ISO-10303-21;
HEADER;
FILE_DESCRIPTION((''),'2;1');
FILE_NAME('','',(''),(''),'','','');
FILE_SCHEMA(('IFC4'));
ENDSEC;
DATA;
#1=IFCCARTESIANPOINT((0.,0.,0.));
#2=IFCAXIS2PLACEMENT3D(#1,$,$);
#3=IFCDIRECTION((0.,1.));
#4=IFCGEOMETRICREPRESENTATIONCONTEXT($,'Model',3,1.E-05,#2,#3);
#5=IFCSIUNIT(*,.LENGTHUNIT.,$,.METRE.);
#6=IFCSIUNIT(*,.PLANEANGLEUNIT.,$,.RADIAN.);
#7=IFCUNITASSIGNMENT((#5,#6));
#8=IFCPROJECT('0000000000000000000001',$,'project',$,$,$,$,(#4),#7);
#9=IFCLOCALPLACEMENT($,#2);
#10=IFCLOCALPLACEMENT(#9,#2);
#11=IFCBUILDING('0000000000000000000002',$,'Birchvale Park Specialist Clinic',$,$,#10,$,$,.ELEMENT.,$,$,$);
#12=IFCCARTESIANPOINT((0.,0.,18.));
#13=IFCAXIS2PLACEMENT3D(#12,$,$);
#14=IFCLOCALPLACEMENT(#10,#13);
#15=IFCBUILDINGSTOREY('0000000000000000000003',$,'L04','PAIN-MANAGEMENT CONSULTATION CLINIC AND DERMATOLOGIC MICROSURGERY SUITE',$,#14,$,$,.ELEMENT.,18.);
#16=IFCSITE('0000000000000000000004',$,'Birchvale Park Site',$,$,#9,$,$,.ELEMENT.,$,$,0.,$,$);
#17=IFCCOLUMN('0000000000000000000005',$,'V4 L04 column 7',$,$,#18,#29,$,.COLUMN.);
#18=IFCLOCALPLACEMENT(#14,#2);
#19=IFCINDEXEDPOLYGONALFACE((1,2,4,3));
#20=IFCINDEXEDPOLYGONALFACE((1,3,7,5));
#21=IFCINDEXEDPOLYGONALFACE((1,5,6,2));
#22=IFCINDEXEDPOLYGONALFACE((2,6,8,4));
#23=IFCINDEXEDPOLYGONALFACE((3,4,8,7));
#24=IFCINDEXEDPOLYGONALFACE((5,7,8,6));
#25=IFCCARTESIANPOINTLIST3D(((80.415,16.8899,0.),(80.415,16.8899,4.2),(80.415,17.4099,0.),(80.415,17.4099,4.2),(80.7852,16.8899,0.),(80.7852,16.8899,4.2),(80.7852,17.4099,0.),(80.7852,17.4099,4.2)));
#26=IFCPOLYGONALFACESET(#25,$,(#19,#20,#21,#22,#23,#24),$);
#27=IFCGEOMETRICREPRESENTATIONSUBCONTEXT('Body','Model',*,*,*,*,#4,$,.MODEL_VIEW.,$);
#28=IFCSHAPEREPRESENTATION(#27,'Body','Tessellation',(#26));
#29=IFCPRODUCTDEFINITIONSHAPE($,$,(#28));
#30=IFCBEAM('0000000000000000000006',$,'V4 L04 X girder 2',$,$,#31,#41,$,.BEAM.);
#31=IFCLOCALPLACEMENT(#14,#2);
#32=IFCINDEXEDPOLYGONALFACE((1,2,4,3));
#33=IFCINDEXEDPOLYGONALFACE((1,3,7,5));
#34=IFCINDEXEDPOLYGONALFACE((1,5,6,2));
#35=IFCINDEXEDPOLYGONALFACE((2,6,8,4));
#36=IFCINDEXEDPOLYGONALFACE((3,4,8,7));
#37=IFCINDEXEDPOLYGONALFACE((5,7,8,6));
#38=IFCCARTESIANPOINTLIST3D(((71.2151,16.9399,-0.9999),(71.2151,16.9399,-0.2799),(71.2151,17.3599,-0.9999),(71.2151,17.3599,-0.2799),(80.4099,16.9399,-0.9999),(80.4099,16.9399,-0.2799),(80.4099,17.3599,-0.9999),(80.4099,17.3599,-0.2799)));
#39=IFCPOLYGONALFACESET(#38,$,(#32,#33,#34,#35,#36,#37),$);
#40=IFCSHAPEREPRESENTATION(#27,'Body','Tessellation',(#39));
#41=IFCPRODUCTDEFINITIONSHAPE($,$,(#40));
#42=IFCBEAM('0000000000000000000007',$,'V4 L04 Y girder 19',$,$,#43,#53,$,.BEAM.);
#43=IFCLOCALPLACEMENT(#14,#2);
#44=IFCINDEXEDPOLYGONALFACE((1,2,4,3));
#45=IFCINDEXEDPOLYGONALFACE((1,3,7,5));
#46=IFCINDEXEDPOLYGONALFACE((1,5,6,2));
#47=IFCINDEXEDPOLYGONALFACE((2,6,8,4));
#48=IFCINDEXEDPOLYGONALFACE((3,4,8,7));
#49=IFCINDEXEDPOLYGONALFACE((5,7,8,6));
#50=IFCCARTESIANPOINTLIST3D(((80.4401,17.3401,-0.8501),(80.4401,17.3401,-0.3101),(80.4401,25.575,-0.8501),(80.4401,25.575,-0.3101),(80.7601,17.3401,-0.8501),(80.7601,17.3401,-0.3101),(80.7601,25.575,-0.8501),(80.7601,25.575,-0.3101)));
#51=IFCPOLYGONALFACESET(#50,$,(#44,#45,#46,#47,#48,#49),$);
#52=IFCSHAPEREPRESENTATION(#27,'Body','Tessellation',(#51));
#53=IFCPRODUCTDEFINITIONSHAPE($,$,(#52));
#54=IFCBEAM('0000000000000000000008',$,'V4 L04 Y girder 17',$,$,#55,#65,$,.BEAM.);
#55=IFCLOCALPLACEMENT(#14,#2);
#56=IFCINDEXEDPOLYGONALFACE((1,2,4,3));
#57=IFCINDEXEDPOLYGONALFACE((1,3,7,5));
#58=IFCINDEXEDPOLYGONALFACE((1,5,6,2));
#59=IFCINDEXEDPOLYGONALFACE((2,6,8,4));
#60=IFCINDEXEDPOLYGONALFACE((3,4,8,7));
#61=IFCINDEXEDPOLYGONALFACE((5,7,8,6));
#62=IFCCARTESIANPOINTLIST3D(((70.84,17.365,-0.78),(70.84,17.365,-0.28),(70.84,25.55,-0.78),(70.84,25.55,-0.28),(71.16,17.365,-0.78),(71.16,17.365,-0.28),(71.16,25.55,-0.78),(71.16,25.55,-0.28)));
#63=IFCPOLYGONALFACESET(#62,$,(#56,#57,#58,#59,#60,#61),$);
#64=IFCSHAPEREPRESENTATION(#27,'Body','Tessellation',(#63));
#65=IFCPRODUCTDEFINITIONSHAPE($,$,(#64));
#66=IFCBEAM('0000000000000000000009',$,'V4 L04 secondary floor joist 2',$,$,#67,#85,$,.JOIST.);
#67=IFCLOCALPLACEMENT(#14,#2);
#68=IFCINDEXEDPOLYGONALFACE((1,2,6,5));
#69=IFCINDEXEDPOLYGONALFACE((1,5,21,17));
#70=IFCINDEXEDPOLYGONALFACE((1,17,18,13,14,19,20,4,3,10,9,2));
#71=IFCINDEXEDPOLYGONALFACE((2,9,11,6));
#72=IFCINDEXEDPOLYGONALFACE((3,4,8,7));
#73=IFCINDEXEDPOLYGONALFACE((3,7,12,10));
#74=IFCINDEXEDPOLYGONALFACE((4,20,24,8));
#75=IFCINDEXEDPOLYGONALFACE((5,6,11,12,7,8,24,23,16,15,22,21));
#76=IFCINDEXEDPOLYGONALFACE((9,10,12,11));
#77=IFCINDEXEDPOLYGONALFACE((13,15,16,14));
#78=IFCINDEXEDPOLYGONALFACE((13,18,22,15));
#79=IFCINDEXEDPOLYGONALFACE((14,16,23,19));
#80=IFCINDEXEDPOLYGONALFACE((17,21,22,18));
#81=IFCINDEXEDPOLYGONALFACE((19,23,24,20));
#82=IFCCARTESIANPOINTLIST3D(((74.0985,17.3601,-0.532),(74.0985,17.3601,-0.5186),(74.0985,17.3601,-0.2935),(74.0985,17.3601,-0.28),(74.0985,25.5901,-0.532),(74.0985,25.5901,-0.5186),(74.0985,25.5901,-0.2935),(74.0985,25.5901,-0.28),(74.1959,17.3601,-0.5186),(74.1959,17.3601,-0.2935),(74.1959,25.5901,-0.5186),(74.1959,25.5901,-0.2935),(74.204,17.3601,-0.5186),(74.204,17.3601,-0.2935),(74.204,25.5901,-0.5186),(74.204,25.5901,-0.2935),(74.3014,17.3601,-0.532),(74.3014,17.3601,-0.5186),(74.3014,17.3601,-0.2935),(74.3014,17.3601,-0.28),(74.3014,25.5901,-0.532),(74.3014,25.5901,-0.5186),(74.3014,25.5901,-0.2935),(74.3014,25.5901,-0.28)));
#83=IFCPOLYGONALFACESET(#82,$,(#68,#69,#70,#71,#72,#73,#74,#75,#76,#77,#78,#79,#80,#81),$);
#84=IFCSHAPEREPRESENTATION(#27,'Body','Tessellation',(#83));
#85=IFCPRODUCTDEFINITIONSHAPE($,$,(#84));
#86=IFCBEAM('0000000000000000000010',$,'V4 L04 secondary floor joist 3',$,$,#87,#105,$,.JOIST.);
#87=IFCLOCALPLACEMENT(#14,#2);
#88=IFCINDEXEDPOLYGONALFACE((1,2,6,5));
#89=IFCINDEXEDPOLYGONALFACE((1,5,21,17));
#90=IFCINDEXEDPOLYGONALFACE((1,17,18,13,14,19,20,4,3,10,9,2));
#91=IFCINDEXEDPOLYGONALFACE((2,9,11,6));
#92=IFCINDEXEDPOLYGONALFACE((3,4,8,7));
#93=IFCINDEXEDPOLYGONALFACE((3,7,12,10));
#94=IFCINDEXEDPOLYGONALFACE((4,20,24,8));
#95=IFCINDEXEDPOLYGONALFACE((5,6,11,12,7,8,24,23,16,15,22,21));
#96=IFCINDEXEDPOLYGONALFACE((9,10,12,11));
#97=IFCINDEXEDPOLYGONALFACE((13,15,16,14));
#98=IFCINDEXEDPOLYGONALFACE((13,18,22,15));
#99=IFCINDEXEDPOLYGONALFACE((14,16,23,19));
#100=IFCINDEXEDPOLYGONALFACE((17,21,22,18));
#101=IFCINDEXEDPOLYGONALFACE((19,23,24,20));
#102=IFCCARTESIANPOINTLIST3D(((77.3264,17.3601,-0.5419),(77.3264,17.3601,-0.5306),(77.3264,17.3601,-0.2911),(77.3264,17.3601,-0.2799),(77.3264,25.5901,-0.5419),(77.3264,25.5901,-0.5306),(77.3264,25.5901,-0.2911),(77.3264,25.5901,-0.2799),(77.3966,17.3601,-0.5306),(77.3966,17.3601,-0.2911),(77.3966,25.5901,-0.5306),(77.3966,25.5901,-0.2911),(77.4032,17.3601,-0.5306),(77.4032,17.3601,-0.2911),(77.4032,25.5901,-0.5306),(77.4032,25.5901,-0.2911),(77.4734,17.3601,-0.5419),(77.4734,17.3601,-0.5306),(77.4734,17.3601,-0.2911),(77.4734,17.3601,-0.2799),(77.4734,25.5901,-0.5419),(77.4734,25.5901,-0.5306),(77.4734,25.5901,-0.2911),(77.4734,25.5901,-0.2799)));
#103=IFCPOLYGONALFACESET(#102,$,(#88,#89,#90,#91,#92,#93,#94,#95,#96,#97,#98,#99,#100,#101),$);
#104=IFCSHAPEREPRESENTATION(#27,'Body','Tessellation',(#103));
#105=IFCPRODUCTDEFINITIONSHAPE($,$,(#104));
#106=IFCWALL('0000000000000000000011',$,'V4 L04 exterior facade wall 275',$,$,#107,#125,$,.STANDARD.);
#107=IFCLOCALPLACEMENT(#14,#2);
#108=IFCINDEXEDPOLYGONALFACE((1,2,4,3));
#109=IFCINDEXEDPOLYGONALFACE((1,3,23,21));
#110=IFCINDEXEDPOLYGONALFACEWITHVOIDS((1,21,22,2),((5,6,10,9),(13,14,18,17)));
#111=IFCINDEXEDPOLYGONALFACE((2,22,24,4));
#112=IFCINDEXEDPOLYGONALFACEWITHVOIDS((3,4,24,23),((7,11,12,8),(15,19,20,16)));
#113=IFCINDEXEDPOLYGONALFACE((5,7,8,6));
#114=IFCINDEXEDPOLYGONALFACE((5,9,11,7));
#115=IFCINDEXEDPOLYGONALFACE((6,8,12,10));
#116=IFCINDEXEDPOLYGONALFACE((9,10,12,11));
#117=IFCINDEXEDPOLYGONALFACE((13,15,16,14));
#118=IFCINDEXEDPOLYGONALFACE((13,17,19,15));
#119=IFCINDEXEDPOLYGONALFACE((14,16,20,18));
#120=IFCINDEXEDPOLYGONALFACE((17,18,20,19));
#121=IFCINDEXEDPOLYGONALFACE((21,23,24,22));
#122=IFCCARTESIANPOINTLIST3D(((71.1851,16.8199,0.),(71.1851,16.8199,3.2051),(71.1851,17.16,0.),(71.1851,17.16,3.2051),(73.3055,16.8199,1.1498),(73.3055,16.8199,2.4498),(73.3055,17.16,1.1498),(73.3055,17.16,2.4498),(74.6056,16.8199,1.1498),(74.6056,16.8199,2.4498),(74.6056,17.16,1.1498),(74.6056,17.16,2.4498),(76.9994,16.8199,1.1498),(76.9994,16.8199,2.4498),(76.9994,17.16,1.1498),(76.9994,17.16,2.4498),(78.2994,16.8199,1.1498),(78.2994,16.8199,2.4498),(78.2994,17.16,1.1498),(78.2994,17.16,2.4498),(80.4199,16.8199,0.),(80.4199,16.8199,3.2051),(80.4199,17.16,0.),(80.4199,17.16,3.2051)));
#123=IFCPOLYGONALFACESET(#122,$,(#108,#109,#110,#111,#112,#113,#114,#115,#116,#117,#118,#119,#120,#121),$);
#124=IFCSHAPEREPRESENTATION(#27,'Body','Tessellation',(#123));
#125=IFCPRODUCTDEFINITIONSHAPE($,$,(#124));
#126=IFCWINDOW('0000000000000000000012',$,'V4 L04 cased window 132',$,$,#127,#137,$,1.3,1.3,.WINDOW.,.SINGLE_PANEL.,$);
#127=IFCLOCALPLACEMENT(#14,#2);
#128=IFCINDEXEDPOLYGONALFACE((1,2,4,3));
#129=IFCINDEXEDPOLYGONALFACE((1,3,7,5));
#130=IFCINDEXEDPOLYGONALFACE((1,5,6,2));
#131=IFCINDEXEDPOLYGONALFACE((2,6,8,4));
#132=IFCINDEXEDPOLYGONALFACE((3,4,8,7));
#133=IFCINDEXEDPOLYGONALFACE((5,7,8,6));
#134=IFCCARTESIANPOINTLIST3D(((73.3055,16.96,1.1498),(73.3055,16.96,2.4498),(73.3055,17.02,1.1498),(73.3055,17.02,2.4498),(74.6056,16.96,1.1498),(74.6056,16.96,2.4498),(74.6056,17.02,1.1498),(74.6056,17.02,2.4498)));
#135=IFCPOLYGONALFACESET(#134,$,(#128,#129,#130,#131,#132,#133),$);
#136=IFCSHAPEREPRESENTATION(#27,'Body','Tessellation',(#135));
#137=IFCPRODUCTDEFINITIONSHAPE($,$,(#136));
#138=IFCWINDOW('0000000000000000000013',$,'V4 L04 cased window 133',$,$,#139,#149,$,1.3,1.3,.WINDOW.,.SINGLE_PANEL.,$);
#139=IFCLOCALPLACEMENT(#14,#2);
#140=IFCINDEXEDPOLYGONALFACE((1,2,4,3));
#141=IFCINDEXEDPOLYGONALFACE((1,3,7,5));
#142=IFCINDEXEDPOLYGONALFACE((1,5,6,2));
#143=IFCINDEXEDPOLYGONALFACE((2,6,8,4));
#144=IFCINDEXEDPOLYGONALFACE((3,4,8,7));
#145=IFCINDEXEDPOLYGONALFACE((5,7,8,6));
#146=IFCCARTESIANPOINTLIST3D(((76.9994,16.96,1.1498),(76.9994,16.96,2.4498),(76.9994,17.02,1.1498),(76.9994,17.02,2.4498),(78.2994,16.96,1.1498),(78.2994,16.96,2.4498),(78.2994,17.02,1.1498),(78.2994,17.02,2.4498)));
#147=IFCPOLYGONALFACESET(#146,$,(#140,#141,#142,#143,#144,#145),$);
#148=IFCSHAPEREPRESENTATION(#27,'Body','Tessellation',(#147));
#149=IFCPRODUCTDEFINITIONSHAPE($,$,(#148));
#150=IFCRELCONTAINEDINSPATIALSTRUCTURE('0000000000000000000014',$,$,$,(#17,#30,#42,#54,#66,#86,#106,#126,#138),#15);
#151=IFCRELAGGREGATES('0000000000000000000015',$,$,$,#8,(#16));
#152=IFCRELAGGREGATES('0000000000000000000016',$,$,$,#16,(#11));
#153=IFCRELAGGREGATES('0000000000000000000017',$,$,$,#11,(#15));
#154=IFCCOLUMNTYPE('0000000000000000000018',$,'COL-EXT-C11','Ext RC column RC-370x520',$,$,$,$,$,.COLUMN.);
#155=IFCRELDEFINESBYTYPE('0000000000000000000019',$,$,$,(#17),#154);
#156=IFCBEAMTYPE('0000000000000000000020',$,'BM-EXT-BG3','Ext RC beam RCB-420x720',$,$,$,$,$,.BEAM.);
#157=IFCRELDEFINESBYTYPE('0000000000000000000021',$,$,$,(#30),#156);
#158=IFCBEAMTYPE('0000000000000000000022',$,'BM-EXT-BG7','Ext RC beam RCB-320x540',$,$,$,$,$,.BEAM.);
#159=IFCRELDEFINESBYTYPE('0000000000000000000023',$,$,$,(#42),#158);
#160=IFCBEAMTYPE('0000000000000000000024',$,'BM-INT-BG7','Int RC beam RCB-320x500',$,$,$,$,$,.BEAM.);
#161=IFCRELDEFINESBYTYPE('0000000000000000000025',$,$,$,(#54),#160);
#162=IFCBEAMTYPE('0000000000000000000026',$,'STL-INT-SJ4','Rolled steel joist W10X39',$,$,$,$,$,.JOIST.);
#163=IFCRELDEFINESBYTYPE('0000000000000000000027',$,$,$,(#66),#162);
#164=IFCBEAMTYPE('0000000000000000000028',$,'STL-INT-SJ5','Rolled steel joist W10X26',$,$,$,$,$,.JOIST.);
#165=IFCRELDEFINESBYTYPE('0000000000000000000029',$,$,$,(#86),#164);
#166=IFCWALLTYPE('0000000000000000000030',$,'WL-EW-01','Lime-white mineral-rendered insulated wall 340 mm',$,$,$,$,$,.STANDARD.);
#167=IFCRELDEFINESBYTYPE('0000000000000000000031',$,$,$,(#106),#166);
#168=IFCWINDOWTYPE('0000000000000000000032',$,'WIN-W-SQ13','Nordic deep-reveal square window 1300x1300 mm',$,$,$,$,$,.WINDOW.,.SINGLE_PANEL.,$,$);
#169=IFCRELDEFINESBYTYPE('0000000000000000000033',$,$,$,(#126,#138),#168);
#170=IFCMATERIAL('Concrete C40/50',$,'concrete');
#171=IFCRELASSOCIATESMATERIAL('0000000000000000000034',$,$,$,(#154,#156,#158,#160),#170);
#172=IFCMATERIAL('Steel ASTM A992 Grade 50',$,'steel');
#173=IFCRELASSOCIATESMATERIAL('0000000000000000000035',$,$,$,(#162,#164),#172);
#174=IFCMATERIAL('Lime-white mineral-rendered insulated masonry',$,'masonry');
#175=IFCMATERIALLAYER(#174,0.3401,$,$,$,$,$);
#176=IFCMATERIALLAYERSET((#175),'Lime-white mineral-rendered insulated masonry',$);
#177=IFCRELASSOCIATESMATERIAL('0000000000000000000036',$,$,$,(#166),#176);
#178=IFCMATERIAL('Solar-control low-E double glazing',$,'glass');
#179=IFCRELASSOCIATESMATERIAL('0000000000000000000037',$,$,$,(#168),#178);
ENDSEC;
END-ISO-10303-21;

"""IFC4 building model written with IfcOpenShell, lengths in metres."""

from ifc_helpers import new_model, si_unit, direction, frame, frame_2d, origin, origin_2d, place, context, subcontext, project, spatial, rectangle, i_section, extrude, material, layer, layer_set, material_profile, profile_set, type_object, element, fill, save


model = new_model("IFC4")

# Units and contexts
model_context = context("Model", 3, precision=1e-05, world=origin(), true_north=direction((0.0, 1.0)))
body_context = subcontext(model_context, "Body", "Model", "MODEL_VIEW")
ifc_project = project(units=[si_unit("LENGTHUNIT", "METRE"), si_unit("PLANEANGLEUNIT", "RADIAN")], contexts=[model_context])

# Site, building, storey
site_placement = place(None, origin())
site = spatial("IfcSite", under=ifc_project, at=site_placement, Name="Birchvale Park Site", CompositionType="ELEMENT", RefElevation=0.0)
building_placement = place(site_placement, origin())
building = spatial("IfcBuilding", under=site, at=building_placement, Name="Birchvale Park Specialist Clinic", CompositionType="ELEMENT")
storey_placement = place(building_placement, frame((0.0, 0.0, 18.0)))
storey = spatial("IfcBuildingStorey", under=building, at=storey_placement, Name="L04", Description="PAIN-MANAGEMENT CONSULTATION CLINIC AND DERMATOLOGIC MICROSURGERY SUITE", CompositionType="ELEMENT", Elevation=18.0)

# Column
ifc_material_1 = material(Name="Concrete C40/50", Category="concrete")
ifc_material_profile_1 = material_profile(ifc_material_1, rectangle(XDim=0.3701, YDim=0.52, at=origin_2d()), Name="RC-370x520")
ifc_profile_set_1 = profile_set([ifc_material_profile_1], Name="Concrete C40/50")
column_type = type_object("IfcColumnType", Name="COL-EXT-C11", Description="Ext RC column RC-370x520", PredefinedType="COLUMN", material=ifc_profile_set_1)
column_placement = place(storey_placement, frame((80.6001, 17.1499, 0.0), z_axis=(0.0, 0.0, 1.0), x_axis=(1.0, 0.0, 0.0)))
element("IfcColumn", 1, at=column_placement, inside=storey, type_object=column_type, Name="V4 L04 column 7", PredefinedType="COLUMN", context=body_context, shape_type="SweptSolid", body=[
    extrude(rectangle(XDim=0.3701, YDim=0.52, at=origin_2d()), origin(), (0.0, 0.0, 1.0), 4.2),
])

# Beams
ifc_material_profile_2 = material_profile(ifc_material_1, rectangle(XDim=0.4199, YDim=0.72, at=origin_2d()), Name="RCB-420x720")
ifc_profile_set_2 = profile_set([ifc_material_profile_2], Name="Concrete C40/50")
beam_type_1 = type_object("IfcBeamType", Name="BM-EXT-BG3", Description="Ext RC beam RCB-420x720", PredefinedType="BEAM", material=ifc_profile_set_2)
beam_1_placement = place(storey_placement, frame((71.2151, 17.1499, -0.6399), z_axis=(1.0, 0.0, 0.0), x_axis=(0.0, 1.0, 0.0)))
element("IfcBeam", 2, at=beam_1_placement, inside=storey, type_object=beam_type_1, Name="V4 L04 X girder 2", PredefinedType="BEAM", context=body_context, shape_type="SweptSolid", body=[
    extrude(rectangle(XDim=0.4199, YDim=0.72, at=origin_2d()), origin(), (0.0, 0.0, 1.0), 9.1948),
])
ifc_material_profile_3 = material_profile(ifc_material_1, rectangle(XDim=0.3201, YDim=0.54, at=origin_2d()), Name="RCB-320x540")
ifc_profile_set_3 = profile_set([ifc_material_profile_3], Name="Concrete C40/50")
beam_type_2 = type_object("IfcBeamType", Name="BM-EXT-BG7", Description="Ext RC beam RCB-320x540", PredefinedType="BEAM", material=ifc_profile_set_3)
beam_2_placement = place(storey_placement, frame((80.6001, 17.3401, -0.5801), z_axis=(0.0, 1.0, 0.0), x_axis=(-1.0, 0.0, 0.0)))
element("IfcBeam", 3, at=beam_2_placement, inside=storey, type_object=beam_type_2, Name="V4 L04 Y girder 19", PredefinedType="BEAM", context=body_context, shape_type="SweptSolid", body=[
    extrude(rectangle(XDim=0.3201, YDim=0.54, at=origin_2d()), origin(), (0.0, 0.0, 1.0), 8.2349),
])
ifc_material_profile_4 = material_profile(ifc_material_1, rectangle(XDim=0.3201, YDim=0.5, at=origin_2d()), Name="RCB-320x500")
ifc_profile_set_4 = profile_set([ifc_material_profile_4], Name="Concrete C40/50")
beam_type_3 = type_object("IfcBeamType", Name="BM-INT-BG7", Description="Int RC beam RCB-320x500", PredefinedType="BEAM", material=ifc_profile_set_4)
beam_3_placement = place(storey_placement, frame((71.0, 17.365, -0.53), z_axis=(0.0, 1.0, 0.0), x_axis=(-1.0, 0.0, 0.0)))
element("IfcBeam", 4, at=beam_3_placement, inside=storey, type_object=beam_type_3, Name="V4 L04 Y girder 17", PredefinedType="BEAM", context=body_context, shape_type="SweptSolid", body=[
    extrude(rectangle(XDim=0.3201, YDim=0.5, at=origin_2d()), origin(), (0.0, 0.0, 1.0), 8.1851),
])
ifc_material_2 = material(Name="Steel ASTM A992 Grade 50", Category="steel")
ifc_material_profile_5 = material_profile(ifc_material_2, i_section(OverallWidth=0.2029, OverallDepth=0.252, WebThickness=0.0081, FlangeThickness=0.0134, at=origin_2d()), Name="W10X39")
ifc_profile_set_5 = profile_set([ifc_material_profile_5], Name="Steel ASTM A992 Grade 50")
beam_type_4 = type_object("IfcBeamType", Name="STL-INT-SJ4", Description="Rolled steel joist W10X39", PredefinedType="JOIST", material=ifc_profile_set_5)
beam_4_placement = place(storey_placement, frame((74.2, 17.3601, -0.406), z_axis=(0.0, 1.0, 0.0), x_axis=(-1.0, 0.0, 0.0)))
element("IfcBeam", 5, at=beam_4_placement, inside=storey, type_object=beam_type_4, Name="V4 L04 secondary floor joist 2", PredefinedType="JOIST", context=body_context, shape_type="SweptSolid", body=[
    extrude(i_section(OverallWidth=0.2029, OverallDepth=0.252, WebThickness=0.0081, FlangeThickness=0.0134, at=origin_2d()), origin(), (0.0, 0.0, 1.0), 8.23),
])
ifc_material_profile_6 = material_profile(ifc_material_2, i_section(OverallWidth=0.147, OverallDepth=0.262, WebThickness=0.0066, FlangeThickness=0.0112, at=origin_2d()), Name="W10X26")
ifc_profile_set_6 = profile_set([ifc_material_profile_6], Name="Steel ASTM A992 Grade 50")
beam_type_5 = type_object("IfcBeamType", Name="STL-INT-SJ5", Description="Rolled steel joist W10X26", PredefinedType="JOIST", material=ifc_profile_set_6)
beam_5_placement = place(storey_placement, frame((77.3999, 17.3601, -0.4109), z_axis=(0.0, 1.0, 0.0), x_axis=(-1.0, 0.0, 0.0)))
element("IfcBeam", 6, at=beam_5_placement, inside=storey, type_object=beam_type_5, Name="V4 L04 secondary floor joist 3", PredefinedType="JOIST", context=body_context, shape_type="SweptSolid", body=[
    extrude(i_section(OverallWidth=0.147, OverallDepth=0.262, WebThickness=0.0066, FlangeThickness=0.0112, at=origin_2d()), origin(), (0.0, 0.0, 1.0), 8.23),
])

# Wall, openings, windows
ifc_material_3 = material(Name="Lime-white mineral-rendered insulated masonry", Category="masonry")
ifc_layer_1 = layer(ifc_material_3, 0.3401)
ifc_layer_set_1 = layer_set([ifc_layer_1], Name="Lime-white mineral-rendered insulated masonry")
wall_type_1 = type_object("IfcWallType", Name="WL-EW-01", Description="Lime-white mineral-rendered insulated wall 340 mm", PredefinedType="STANDARD", material=ifc_layer_set_1)
wall_1_placement = place(storey_placement, frame((71.1851, 16.99, 0.0), z_axis=(0.0, 0.0, 1.0), x_axis=(1.0, 0.0, 0.0)))
wall_1 = element("IfcWall", 7, at=wall_1_placement, inside=storey, type_object=wall_type_1, Name="V4 L04 exterior facade wall 275", PredefinedType="STANDARD", context=body_context, shape_type="SweptSolid", body=[
    extrude(rectangle(XDim=9.2349, YDim=0.3401, at=frame_2d((4.6174, 0.0))), origin(), (0.0, 0.0, 1.0), 3.2051),
])
opening_1_placement = place(wall_1_placement, frame((2.1206, 0.0, 1.1499)))
opening_1 = element("IfcOpeningElement", 8, at=opening_1_placement, cuts=wall_1, PredefinedType="OPENING", context=body_context, shape_type="SweptSolid", body=[
    extrude(rectangle(XDim=1.3, YDim=1.3, at=frame_2d((0.6499, 0.6499))), frame((0.0, 0.1802, 0.0), z_axis=(0.0, -1.0, 0.0), x_axis=(1.0, 0.0, 0.0)), (0.0, 0.0, 1.0), 0.3601),
])
opening_2_placement = place(wall_1_placement, frame((5.8145, 0.0, 1.1499)))
opening_2 = element("IfcOpeningElement", 9, at=opening_2_placement, cuts=wall_1, PredefinedType="OPENING", context=body_context, shape_type="SweptSolid", body=[
    extrude(rectangle(XDim=1.3, YDim=1.3, at=frame_2d((0.6499, 0.6499))), frame((0.0, 0.1802, 0.0), z_axis=(0.0, -1.0, 0.0), x_axis=(1.0, 0.0, 0.0)), (0.0, 0.0, 1.0), 0.3601),
])
ifc_material_4 = material(Name="Solar-control low-E double glazing", Category="glass")
window_type_1 = type_object("IfcWindowType", Name="WIN-W-SQ13", Description="Nordic deep-reveal square window 1300x1300 mm", PartitioningType="SINGLE_PANEL", PredefinedType="WINDOW", material=ifc_material_4)
window_1_placement = place(opening_1_placement, origin())
window_1 = element("IfcWindow", 10, at=window_1_placement, inside=storey, type_object=window_type_1, Name="V4 L04 cased window 132", OverallHeight=1.3, OverallWidth=1.3, PartitioningType="SINGLE_PANEL", PredefinedType="WINDOW", context=body_context, shape_type="SweptSolid", body=[
    extrude(rectangle(XDim=1.3, YDim=1.3, at=frame_2d((0.6499, 0.6499))), frame((0.0, 0.03, 0.0), z_axis=(0.0, -1.0, 0.0), x_axis=(1.0, 0.0, 0.0)), (0.0, 0.0, 1.0), 0.0601),
])
fill(opening_1, window_1)
window_2_placement = place(opening_2_placement, origin())
window_2 = element("IfcWindow", 11, at=window_2_placement, inside=storey, type_object=window_type_1, Name="V4 L04 cased window 133", OverallHeight=1.3, OverallWidth=1.3, PartitioningType="SINGLE_PANEL", PredefinedType="WINDOW", context=body_context, shape_type="SweptSolid", body=[
    extrude(rectangle(XDim=1.3, YDim=1.3, at=frame_2d((0.6499, 0.6499))), frame((0.0, 0.03, 0.0), z_axis=(0.0, -1.0, 0.0), x_axis=(1.0, 0.0, 0.0)), (0.0, 0.0, 1.0), 0.0601),
])
fill(opening_2, window_2)

save(model, "model.ifc")
